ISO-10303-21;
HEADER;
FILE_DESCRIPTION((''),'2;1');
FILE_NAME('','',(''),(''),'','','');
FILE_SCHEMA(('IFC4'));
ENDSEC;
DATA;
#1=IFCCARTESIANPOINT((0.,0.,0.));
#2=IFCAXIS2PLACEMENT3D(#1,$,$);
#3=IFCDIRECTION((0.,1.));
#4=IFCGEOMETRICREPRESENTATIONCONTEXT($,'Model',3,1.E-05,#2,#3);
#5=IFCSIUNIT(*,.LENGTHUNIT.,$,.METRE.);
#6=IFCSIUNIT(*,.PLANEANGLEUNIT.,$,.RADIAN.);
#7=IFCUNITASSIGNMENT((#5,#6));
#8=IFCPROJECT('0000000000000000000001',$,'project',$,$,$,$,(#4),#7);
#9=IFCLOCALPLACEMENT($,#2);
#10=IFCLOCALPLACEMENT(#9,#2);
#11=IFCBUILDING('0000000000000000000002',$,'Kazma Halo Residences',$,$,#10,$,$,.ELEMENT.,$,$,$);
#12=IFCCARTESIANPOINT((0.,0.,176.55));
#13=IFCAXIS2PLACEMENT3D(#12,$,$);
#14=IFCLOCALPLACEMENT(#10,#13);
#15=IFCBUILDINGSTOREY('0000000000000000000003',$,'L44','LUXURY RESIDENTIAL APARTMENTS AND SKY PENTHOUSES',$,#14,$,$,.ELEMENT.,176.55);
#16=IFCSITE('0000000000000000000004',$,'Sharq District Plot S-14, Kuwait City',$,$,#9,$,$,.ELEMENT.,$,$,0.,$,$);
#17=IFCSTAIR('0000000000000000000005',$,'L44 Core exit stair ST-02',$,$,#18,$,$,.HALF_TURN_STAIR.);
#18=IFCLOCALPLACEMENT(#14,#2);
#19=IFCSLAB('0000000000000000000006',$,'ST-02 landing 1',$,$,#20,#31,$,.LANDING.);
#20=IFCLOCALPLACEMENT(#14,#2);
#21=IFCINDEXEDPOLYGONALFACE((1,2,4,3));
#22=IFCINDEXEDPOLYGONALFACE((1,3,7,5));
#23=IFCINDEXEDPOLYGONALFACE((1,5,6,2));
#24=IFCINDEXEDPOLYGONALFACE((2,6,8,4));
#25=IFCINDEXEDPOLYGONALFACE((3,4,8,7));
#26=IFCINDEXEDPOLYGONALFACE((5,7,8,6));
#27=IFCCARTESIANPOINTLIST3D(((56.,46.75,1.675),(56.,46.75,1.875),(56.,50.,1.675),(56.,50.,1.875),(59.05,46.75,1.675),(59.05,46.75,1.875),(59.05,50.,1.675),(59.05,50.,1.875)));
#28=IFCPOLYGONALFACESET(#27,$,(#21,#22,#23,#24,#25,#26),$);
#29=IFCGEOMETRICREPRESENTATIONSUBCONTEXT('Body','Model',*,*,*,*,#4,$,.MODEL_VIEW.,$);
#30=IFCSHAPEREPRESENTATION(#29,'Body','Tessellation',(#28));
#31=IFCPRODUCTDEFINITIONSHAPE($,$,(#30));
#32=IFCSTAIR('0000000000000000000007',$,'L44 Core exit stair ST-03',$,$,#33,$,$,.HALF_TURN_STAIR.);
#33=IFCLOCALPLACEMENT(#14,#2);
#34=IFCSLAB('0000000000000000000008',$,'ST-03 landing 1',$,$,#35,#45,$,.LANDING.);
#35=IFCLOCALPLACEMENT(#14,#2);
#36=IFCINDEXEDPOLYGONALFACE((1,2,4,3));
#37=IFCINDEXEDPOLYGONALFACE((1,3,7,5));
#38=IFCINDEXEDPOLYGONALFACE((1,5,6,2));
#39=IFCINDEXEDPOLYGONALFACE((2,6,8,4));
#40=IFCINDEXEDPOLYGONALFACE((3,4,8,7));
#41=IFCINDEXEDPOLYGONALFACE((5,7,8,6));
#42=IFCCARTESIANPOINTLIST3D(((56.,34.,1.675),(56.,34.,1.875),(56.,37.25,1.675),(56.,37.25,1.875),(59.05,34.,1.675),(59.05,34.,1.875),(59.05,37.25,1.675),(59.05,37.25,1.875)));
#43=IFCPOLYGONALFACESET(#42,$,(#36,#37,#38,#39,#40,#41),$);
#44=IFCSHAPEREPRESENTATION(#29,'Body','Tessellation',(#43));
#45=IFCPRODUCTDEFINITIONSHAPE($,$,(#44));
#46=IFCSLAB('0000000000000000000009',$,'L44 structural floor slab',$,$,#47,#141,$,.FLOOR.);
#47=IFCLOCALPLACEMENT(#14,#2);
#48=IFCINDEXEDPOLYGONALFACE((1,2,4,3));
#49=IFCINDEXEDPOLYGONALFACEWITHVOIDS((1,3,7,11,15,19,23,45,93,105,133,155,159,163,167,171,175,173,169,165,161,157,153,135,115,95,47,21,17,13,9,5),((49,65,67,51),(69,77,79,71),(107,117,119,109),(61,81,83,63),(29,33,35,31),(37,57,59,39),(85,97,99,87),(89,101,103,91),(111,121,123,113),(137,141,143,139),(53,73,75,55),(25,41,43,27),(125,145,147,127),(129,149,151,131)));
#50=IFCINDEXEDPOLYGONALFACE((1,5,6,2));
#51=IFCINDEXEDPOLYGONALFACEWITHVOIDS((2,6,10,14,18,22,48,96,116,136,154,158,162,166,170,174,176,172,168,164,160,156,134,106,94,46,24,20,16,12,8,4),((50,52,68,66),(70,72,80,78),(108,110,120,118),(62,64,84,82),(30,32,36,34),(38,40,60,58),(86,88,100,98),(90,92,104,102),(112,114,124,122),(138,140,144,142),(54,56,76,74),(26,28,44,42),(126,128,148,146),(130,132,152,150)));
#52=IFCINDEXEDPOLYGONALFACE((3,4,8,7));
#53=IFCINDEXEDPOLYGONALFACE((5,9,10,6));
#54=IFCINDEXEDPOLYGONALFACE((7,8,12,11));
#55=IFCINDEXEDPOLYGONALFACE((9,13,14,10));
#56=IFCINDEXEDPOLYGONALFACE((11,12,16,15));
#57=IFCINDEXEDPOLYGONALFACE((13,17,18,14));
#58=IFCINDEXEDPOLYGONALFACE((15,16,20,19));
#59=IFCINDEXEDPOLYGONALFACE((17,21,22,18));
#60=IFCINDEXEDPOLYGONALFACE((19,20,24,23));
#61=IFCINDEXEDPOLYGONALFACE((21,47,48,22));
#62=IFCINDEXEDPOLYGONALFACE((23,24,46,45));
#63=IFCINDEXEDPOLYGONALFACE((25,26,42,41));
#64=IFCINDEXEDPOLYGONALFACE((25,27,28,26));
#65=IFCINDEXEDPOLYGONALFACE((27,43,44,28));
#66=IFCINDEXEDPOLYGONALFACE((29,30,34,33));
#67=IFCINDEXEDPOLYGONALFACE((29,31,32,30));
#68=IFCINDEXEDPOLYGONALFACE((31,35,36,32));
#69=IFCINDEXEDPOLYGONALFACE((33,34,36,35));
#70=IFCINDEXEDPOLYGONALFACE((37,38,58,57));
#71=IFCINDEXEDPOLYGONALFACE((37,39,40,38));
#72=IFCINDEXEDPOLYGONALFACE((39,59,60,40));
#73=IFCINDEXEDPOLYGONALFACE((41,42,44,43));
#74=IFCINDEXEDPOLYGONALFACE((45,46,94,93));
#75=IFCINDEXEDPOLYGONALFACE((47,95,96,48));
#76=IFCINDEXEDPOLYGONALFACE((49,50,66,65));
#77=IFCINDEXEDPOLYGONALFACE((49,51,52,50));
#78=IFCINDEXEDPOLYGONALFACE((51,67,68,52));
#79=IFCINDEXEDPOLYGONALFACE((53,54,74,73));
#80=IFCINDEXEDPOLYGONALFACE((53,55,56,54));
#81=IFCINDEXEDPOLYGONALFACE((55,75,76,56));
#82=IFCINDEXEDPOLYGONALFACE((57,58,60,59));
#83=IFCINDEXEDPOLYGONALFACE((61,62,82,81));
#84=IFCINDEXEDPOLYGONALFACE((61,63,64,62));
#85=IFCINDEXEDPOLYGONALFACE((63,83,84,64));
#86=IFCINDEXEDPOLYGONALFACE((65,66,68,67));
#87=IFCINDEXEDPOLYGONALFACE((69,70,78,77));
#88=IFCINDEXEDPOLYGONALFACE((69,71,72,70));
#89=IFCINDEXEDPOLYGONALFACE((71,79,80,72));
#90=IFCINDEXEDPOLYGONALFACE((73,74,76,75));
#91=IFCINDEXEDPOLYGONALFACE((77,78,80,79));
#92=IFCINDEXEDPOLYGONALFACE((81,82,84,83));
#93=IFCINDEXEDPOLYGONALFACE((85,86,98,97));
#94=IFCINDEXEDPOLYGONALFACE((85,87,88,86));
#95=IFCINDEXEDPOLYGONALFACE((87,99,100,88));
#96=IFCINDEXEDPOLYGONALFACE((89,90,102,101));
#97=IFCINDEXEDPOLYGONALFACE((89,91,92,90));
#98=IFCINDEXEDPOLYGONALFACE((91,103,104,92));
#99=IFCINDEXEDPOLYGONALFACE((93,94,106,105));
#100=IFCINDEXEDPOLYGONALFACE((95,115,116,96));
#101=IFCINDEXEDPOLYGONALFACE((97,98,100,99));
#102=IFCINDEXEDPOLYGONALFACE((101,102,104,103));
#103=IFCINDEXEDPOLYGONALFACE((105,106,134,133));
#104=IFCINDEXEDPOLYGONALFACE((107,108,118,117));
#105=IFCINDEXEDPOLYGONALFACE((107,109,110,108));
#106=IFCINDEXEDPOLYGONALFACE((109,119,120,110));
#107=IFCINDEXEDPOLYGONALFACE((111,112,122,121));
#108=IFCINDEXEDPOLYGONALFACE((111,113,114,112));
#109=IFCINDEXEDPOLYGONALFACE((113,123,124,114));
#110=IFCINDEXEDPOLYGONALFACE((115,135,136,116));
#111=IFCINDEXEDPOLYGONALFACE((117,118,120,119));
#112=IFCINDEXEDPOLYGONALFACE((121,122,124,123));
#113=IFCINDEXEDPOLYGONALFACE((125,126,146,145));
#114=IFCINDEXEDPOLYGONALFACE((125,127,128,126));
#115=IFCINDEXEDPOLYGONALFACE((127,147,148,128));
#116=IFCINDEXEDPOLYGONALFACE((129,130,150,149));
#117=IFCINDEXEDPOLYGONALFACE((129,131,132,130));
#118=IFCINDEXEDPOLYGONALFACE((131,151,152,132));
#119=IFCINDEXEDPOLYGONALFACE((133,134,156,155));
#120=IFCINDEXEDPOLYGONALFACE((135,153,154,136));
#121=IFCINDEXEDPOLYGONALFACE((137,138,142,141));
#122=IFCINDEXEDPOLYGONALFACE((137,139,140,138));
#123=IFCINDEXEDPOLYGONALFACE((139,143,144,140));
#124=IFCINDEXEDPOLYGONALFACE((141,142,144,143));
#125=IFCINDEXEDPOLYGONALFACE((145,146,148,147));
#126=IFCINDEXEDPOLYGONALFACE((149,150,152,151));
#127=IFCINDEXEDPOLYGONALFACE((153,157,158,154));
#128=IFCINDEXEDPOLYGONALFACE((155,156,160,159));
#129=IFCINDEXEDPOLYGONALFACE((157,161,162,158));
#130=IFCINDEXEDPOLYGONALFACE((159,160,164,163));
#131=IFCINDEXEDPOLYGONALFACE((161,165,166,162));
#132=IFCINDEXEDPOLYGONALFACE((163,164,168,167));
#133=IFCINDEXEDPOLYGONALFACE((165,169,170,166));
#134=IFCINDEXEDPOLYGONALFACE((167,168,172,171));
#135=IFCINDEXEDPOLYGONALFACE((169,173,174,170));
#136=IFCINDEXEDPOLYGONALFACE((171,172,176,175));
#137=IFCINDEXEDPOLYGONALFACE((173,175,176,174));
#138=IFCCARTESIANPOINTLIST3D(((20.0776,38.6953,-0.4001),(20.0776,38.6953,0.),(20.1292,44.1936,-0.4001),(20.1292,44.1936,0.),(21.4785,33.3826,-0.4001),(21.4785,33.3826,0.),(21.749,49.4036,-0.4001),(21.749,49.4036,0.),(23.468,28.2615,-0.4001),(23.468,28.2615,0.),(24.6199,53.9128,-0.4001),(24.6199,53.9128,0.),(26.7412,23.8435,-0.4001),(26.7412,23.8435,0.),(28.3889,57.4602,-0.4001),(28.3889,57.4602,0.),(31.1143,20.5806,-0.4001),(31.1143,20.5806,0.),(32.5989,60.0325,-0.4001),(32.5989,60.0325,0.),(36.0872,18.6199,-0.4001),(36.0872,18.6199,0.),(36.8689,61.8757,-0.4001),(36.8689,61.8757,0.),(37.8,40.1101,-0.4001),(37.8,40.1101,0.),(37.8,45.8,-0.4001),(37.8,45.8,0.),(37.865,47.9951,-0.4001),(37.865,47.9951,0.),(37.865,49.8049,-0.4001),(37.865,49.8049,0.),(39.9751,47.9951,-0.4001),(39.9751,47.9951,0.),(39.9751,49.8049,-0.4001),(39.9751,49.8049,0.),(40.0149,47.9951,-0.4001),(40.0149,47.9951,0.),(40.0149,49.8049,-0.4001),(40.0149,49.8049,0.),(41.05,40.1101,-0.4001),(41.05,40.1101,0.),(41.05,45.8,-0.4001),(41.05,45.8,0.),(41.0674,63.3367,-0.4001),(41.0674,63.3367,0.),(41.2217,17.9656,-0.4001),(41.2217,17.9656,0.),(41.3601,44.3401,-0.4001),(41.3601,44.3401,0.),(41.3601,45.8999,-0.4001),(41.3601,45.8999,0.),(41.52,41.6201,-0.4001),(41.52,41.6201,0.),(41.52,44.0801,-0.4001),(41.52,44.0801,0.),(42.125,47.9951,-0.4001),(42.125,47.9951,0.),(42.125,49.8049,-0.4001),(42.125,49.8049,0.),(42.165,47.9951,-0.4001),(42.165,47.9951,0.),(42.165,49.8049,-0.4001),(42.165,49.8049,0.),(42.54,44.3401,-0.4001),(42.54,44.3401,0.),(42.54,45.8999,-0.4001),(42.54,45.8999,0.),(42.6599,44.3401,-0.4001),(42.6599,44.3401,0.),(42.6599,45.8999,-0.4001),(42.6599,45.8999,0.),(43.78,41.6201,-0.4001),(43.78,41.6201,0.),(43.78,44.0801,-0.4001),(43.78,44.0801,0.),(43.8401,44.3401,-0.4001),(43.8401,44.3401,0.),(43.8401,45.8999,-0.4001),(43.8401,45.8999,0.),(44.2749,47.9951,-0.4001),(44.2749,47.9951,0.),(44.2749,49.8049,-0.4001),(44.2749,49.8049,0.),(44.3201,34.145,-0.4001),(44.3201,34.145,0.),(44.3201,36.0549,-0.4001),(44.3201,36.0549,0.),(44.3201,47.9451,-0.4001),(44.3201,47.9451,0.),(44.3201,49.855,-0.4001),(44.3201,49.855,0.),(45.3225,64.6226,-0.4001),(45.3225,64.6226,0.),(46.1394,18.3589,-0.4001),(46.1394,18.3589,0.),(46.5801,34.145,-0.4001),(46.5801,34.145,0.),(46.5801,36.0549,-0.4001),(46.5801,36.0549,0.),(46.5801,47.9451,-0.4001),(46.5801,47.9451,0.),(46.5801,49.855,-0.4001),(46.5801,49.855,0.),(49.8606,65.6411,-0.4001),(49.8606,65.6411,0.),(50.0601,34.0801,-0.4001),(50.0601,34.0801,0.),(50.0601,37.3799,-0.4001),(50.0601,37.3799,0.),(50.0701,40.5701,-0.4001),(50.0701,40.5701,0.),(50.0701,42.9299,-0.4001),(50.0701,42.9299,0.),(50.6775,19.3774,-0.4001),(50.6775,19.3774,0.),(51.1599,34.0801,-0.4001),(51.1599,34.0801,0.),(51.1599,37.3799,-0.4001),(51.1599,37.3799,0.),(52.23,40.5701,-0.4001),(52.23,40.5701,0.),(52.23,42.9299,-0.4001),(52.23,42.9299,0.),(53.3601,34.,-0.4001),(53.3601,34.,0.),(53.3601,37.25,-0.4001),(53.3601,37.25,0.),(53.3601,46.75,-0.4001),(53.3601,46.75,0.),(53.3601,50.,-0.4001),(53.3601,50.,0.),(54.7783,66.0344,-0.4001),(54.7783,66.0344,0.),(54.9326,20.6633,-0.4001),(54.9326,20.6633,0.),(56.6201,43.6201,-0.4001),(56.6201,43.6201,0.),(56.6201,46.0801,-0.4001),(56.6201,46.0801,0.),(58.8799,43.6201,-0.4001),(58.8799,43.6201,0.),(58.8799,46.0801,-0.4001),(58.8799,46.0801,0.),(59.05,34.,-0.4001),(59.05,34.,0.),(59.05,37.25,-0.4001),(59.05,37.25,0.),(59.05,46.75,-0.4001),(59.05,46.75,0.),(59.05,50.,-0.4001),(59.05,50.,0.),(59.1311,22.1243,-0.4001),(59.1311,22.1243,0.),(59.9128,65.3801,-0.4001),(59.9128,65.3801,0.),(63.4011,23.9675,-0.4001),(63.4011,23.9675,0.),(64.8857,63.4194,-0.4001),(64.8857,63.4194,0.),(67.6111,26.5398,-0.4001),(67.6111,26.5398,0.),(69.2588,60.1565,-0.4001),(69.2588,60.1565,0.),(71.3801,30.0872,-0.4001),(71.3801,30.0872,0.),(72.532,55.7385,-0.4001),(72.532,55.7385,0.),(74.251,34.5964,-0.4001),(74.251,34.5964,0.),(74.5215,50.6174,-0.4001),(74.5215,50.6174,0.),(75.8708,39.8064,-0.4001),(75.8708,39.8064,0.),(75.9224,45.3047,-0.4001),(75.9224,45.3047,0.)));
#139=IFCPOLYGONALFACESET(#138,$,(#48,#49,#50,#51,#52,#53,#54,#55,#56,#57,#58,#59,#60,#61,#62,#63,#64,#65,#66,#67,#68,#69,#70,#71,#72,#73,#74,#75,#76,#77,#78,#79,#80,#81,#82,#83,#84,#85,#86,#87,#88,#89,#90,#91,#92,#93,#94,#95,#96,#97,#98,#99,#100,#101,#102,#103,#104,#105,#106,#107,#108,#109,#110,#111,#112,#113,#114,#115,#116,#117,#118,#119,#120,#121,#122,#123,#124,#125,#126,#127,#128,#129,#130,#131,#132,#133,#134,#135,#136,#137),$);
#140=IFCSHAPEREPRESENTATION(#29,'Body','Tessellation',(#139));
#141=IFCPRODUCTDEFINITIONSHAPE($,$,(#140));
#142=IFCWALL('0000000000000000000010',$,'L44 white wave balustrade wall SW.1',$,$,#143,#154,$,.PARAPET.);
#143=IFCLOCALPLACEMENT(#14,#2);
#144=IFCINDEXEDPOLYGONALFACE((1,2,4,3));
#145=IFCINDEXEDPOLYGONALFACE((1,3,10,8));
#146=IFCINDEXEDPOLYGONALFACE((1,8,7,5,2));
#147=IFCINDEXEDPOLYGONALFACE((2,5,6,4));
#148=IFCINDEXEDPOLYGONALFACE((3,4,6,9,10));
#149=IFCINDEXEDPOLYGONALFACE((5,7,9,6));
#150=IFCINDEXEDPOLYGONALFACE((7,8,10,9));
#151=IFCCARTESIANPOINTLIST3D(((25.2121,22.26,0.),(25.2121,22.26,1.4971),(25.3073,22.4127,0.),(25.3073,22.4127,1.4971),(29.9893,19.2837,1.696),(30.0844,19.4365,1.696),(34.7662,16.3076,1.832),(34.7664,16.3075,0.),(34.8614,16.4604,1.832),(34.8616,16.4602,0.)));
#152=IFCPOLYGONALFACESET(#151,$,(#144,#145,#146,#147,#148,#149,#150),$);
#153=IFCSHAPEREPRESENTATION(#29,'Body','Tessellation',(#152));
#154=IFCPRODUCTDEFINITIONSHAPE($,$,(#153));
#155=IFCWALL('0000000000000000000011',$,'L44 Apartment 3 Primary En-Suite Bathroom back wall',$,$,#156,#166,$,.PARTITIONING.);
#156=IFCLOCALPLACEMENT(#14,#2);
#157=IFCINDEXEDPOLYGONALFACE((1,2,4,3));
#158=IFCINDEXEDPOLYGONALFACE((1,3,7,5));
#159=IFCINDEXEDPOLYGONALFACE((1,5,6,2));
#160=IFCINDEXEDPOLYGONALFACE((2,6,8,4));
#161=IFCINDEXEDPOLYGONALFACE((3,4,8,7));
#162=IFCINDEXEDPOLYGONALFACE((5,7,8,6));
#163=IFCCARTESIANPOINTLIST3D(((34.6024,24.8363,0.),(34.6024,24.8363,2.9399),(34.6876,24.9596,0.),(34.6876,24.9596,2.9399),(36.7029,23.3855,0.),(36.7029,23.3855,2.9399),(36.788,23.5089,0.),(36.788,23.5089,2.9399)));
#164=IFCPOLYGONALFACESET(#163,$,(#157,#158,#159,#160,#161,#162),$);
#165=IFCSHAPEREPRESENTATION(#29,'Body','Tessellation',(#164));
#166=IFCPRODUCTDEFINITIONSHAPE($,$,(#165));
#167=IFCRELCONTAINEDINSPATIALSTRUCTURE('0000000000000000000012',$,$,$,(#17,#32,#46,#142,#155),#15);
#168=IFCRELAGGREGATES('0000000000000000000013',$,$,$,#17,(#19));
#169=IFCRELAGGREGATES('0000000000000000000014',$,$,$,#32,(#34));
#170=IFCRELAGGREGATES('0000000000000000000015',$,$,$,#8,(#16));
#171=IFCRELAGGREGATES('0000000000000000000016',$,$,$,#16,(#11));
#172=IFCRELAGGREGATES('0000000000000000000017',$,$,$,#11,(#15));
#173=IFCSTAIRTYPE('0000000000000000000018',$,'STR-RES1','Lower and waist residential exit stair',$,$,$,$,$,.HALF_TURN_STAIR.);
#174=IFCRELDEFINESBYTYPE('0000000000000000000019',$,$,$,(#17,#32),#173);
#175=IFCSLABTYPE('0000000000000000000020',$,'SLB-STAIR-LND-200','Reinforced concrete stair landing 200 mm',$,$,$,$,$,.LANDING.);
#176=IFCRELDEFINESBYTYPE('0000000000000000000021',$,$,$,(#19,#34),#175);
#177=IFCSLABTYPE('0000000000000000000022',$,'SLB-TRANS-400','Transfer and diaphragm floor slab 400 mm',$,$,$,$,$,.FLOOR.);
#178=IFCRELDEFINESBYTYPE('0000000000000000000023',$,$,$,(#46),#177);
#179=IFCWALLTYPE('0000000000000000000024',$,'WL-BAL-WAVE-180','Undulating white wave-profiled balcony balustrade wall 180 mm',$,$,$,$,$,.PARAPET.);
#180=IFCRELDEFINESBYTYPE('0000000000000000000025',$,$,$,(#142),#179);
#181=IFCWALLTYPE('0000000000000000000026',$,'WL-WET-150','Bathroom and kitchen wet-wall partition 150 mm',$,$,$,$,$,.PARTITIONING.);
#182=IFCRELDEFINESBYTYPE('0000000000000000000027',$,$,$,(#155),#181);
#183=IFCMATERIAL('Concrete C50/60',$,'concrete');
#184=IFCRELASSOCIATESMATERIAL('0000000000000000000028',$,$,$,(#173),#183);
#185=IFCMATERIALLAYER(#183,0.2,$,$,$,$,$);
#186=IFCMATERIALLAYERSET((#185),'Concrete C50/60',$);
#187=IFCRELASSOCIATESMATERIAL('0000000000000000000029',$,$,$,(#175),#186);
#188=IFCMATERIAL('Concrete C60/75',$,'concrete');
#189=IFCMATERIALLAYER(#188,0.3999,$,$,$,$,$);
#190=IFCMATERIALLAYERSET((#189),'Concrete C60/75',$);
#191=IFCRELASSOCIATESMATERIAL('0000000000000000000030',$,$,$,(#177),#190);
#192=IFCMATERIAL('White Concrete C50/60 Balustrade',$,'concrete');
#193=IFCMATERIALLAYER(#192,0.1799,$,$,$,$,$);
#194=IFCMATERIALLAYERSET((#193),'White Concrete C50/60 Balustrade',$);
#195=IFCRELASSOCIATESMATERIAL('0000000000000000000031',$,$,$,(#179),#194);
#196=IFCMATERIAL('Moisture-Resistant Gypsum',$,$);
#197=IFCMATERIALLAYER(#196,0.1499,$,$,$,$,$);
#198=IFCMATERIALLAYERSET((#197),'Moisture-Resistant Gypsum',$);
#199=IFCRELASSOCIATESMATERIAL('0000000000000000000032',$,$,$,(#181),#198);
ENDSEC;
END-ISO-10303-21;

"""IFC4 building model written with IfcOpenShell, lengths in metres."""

from ifc_helpers import new_model, si_unit, direction, frame, frame_2d, origin, place, context, subcontext, project, spatial, polyline, rectangle, outline, extrude, material, layer, layer_set, type_object, element, aggregate, save


model = new_model("IFC4")

# Units and contexts
model_context = context("Model", 3, precision=1e-05, world=origin(), true_north=direction((0.0, 1.0)))
body_context = subcontext(model_context, "Body", "Model", "MODEL_VIEW")
ifc_project = project(units=[si_unit("LENGTHUNIT", "METRE"), si_unit("PLANEANGLEUNIT", "RADIAN")], contexts=[model_context])

# Site, building, storey
site_placement = place(None, origin())
site = spatial("IfcSite", under=ifc_project, at=site_placement, Name="Sharq District Plot S-14, Kuwait City", CompositionType="ELEMENT", RefElevation=0.0)
building_placement = place(site_placement, origin())
building = spatial("IfcBuilding", under=site, at=building_placement, Name="Kazma Halo Residences", CompositionType="ELEMENT")
storey_placement = place(building_placement, frame((0.0, 0.0, 176.55)))
storey = spatial("IfcBuildingStorey", under=building, at=storey_placement, Name="L44", Description="LUXURY RESIDENTIAL APARTMENTS AND SKY PENTHOUSES", CompositionType="ELEMENT", Elevation=176.55)

# Stairs, slabs
ifc_material_1 = material(Name="Concrete C50/60", Category="concrete")
stair_type = type_object("IfcStairType", Name="STR-RES1", Description="Lower and waist residential exit stair", PredefinedType="HALF_TURN_STAIR", material=ifc_material_1)
ifc_layer_1 = layer(ifc_material_1, 0.2)
ifc_layer_set_1 = layer_set([ifc_layer_1], Name="Concrete C50/60")
slab_type_1 = type_object("IfcSlabType", Name="SLB-STAIR-LND-200", Description="Reinforced concrete stair landing 200 mm", PredefinedType="LANDING", material=ifc_layer_set_1)
stair_1_placement = place(storey_placement, origin())
stair_1 = element("IfcStair", 1, at=stair_1_placement, inside=storey, type_object=stair_type, Name="L44 Core exit stair ST-02", PredefinedType="HALF_TURN_STAIR")
slab_1_placement = place(storey_placement, frame((0.0, 0.0, 1.675)))
slab_1 = element("IfcSlab", 2, at=slab_1_placement, type_object=slab_type_1, Name="ST-02 landing 1", PredefinedType="LANDING", context=body_context, shape_type="SweptSolid", body=[
    extrude(outline(polyline([(56.0, 46.75), (59.05, 46.75), (59.05, 50.0), (56.0, 50.0), (56.0, 46.75)])), origin(), (0.0, 0.0, 1.0), 0.2),
])
aggregate(stair_1, [slab_1])
stair_2_placement = place(storey_placement, origin())
stair_2 = element("IfcStair", 3, at=stair_2_placement, inside=storey, type_object=stair_type, Name="L44 Core exit stair ST-03", PredefinedType="HALF_TURN_STAIR")
slab_2_placement = place(storey_placement, frame((0.0, 0.0, 1.675)))
slab_2 = element("IfcSlab", 4, at=slab_2_placement, type_object=slab_type_1, Name="ST-03 landing 1", PredefinedType="LANDING", context=body_context, shape_type="SweptSolid", body=[
    extrude(outline(polyline([(56.0, 34.0), (59.05, 34.0), (59.05, 37.25), (56.0, 37.25), (56.0, 34.0)])), origin(), (0.0, 0.0, 1.0), 0.2),
])
aggregate(stair_2, [slab_2])

# Slab
ifc_material_2 = material(Name="Concrete C60/75", Category="concrete")
ifc_layer_2 = layer(ifc_material_2, 0.3999)
ifc_layer_set_2 = layer_set([ifc_layer_2], Name="Concrete C60/75")
slab_type_2 = type_object("IfcSlabType", Name="SLB-TRANS-400", Description="Transfer and diaphragm floor slab 400 mm", PredefinedType="FLOOR", material=ifc_layer_set_2)
slab_3_placement = place(storey_placement, frame((0.0, 0.0, -0.4001)))
element("IfcSlab", 5, at=slab_3_placement, inside=storey, type_object=slab_type_2, Name="L44 structural floor slab", PredefinedType="FLOOR", context=body_context, shape_type="SweptSolid", body=[
    extrude(outline(polyline([(74.5215, 50.6174), (72.532, 55.7385), (69.2588, 60.1565), (64.8857, 63.4194), (59.9128, 65.3801), (54.7783, 66.0344), (49.8606, 65.6411), (45.3225, 64.6226), (41.0674, 63.3367), (36.8689, 61.8757), (32.5989, 60.0325), (28.3889, 57.4602), (24.6199, 53.9128), (21.749, 49.4036), (20.1292, 44.1936), (20.0776, 38.6953), (21.4785, 33.3826), (23.468, 28.2615), (26.7412, 23.8435), (31.1143, 20.5806), (36.0872, 18.6199), (41.2217, 17.9656), (46.1394, 18.3589), (50.6775, 19.3774), (54.9326, 20.6633), (59.1311, 22.1243), (63.4011, 23.9675), (67.6111, 26.5398), (71.3801, 30.0872), (74.251, 34.5964), (75.8708, 39.8064), (75.9224, 45.3047), (74.5215, 50.6174)]), holes=[polyline([(37.8, 40.1101), (41.05, 40.1101), (41.05, 45.8), (37.8, 45.8), (37.8, 40.1101)]), polyline([(53.3601, 46.75), (59.05, 46.75), (59.05, 50.0), (53.3601, 50.0), (53.3601, 46.75)]), polyline([(53.3601, 34.0), (59.05, 34.0), (59.05, 37.25), (53.3601, 37.25), (53.3601, 34.0)]), polyline([(41.52, 41.6201), (43.78, 41.6201), (43.78, 44.0801), (41.52, 44.0801), (41.52, 41.6201)]), polyline([(56.6201, 43.6201), (58.8799, 43.6201), (58.8799, 46.0801), (56.6201, 46.0801), (56.6201, 43.6201)]), polyline([(37.865, 47.9951), (39.9751, 47.9951), (39.9751, 49.8049), (37.865, 49.8049), (37.865, 47.9951)]), polyline([(40.0149, 47.9951), (42.125, 47.9951), (42.125, 49.8049), (40.0149, 49.8049), (40.0149, 47.9951)]), polyline([(42.165, 47.9951), (44.2749, 47.9951), (44.2749, 49.8049), (42.165, 49.8049), (42.165, 47.9951)]), polyline([(44.3201, 47.9451), (46.5801, 47.9451), (46.5801, 49.855), (44.3201, 49.855), (44.3201, 47.9451)]), polyline([(44.3201, 34.145), (46.5801, 34.145), (46.5801, 36.0549), (44.3201, 36.0549), (44.3201, 34.145)]), polyline([(50.0701, 40.5701), (52.23, 40.5701), (52.23, 42.9299), (50.0701, 42.9299), (50.0701, 40.5701)]), polyline([(41.3601, 44.3401), (42.54, 44.3401), (42.54, 45.8999), (41.3601, 45.8999), (41.3601, 44.3401)]), polyline([(42.6599, 44.3401), (43.8401, 44.3401), (43.8401, 45.8999), (42.6599, 45.8999), (42.6599, 44.3401)]), polyline([(50.0601, 34.0801), (51.1599, 34.0801), (51.1599, 37.3799), (50.0601, 37.3799), (50.0601, 34.0801)])]), origin(), (0.0, 0.0, 1.0), 0.4001),
])

# Wall
ifc_material_3 = material(Name="White Concrete C50/60 Balustrade", Category="concrete")
ifc_layer_3 = layer(ifc_material_3, 0.1799)
ifc_layer_set_3 = layer_set([ifc_layer_3], Name="White Concrete C50/60 Balustrade")
wall_type_1 = type_object("IfcWallType", Name="WL-BAL-WAVE-180", Description="Undulating white wave-profiled balcony balustrade wall 180 mm", PredefinedType="PARAPET", material=ifc_layer_set_3)
wall_1_placement = place(storey_placement, frame((25.2598, 22.3364, 0.0), z_axis=(0.0, 0.0, 1.0), x_axis=(0.848755, -0.528786, 0.0)))
element("IfcWall", 6, at=wall_1_placement, inside=storey, type_object=wall_type_1, Name="L44 white wave balustrade wall SW.1", PredefinedType="PARAPET", context=body_context, shape_type="SweptSolid", body=[
    extrude(outline(polyline([(0.0, 0.0), (11.2568, 0.0), (11.2566, 1.832), (5.6284, 1.696), (0.0, 1.4971), (0.0, 0.0)])), frame((0.0, 0.0898, 0.0), z_axis=(0.0, -1.0, 0.0), x_axis=(1.0, 0.0, 0.0)), (0.0, 0.0, 1.0), 0.1799),
])

# Wall
ifc_material_4 = material(Name="Moisture-Resistant Gypsum")
ifc_layer_4 = layer(ifc_material_4, 0.1499)
ifc_layer_set_4 = layer_set([ifc_layer_4], Name="Moisture-Resistant Gypsum")
wall_type_2 = type_object("IfcWallType", Name="WL-WET-150", Description="Bathroom and kitchen wet-wall partition 150 mm", PredefinedType="PARTITIONING", material=ifc_layer_set_4)
wall_2_placement = place(storey_placement, frame((34.645, 24.8979, 0.0), z_axis=(0.0, 0.0, 1.0), x_axis=(0.822815, -0.568309, 0.0)))
element("IfcWall", 7, at=wall_2_placement, inside=storey, type_object=wall_type_2, Name="L44 Apartment 3 Primary En-Suite Bathroom back wall", PredefinedType="PARTITIONING", context=body_context, shape_type="SweptSolid", body=[
    extrude(rectangle(XDim=2.5527, YDim=0.1499, at=frame_2d((1.2764, 0.0))), origin(), (0.0, 0.0, 1.0), 2.9399),
])

save(model, "model.ifc")
